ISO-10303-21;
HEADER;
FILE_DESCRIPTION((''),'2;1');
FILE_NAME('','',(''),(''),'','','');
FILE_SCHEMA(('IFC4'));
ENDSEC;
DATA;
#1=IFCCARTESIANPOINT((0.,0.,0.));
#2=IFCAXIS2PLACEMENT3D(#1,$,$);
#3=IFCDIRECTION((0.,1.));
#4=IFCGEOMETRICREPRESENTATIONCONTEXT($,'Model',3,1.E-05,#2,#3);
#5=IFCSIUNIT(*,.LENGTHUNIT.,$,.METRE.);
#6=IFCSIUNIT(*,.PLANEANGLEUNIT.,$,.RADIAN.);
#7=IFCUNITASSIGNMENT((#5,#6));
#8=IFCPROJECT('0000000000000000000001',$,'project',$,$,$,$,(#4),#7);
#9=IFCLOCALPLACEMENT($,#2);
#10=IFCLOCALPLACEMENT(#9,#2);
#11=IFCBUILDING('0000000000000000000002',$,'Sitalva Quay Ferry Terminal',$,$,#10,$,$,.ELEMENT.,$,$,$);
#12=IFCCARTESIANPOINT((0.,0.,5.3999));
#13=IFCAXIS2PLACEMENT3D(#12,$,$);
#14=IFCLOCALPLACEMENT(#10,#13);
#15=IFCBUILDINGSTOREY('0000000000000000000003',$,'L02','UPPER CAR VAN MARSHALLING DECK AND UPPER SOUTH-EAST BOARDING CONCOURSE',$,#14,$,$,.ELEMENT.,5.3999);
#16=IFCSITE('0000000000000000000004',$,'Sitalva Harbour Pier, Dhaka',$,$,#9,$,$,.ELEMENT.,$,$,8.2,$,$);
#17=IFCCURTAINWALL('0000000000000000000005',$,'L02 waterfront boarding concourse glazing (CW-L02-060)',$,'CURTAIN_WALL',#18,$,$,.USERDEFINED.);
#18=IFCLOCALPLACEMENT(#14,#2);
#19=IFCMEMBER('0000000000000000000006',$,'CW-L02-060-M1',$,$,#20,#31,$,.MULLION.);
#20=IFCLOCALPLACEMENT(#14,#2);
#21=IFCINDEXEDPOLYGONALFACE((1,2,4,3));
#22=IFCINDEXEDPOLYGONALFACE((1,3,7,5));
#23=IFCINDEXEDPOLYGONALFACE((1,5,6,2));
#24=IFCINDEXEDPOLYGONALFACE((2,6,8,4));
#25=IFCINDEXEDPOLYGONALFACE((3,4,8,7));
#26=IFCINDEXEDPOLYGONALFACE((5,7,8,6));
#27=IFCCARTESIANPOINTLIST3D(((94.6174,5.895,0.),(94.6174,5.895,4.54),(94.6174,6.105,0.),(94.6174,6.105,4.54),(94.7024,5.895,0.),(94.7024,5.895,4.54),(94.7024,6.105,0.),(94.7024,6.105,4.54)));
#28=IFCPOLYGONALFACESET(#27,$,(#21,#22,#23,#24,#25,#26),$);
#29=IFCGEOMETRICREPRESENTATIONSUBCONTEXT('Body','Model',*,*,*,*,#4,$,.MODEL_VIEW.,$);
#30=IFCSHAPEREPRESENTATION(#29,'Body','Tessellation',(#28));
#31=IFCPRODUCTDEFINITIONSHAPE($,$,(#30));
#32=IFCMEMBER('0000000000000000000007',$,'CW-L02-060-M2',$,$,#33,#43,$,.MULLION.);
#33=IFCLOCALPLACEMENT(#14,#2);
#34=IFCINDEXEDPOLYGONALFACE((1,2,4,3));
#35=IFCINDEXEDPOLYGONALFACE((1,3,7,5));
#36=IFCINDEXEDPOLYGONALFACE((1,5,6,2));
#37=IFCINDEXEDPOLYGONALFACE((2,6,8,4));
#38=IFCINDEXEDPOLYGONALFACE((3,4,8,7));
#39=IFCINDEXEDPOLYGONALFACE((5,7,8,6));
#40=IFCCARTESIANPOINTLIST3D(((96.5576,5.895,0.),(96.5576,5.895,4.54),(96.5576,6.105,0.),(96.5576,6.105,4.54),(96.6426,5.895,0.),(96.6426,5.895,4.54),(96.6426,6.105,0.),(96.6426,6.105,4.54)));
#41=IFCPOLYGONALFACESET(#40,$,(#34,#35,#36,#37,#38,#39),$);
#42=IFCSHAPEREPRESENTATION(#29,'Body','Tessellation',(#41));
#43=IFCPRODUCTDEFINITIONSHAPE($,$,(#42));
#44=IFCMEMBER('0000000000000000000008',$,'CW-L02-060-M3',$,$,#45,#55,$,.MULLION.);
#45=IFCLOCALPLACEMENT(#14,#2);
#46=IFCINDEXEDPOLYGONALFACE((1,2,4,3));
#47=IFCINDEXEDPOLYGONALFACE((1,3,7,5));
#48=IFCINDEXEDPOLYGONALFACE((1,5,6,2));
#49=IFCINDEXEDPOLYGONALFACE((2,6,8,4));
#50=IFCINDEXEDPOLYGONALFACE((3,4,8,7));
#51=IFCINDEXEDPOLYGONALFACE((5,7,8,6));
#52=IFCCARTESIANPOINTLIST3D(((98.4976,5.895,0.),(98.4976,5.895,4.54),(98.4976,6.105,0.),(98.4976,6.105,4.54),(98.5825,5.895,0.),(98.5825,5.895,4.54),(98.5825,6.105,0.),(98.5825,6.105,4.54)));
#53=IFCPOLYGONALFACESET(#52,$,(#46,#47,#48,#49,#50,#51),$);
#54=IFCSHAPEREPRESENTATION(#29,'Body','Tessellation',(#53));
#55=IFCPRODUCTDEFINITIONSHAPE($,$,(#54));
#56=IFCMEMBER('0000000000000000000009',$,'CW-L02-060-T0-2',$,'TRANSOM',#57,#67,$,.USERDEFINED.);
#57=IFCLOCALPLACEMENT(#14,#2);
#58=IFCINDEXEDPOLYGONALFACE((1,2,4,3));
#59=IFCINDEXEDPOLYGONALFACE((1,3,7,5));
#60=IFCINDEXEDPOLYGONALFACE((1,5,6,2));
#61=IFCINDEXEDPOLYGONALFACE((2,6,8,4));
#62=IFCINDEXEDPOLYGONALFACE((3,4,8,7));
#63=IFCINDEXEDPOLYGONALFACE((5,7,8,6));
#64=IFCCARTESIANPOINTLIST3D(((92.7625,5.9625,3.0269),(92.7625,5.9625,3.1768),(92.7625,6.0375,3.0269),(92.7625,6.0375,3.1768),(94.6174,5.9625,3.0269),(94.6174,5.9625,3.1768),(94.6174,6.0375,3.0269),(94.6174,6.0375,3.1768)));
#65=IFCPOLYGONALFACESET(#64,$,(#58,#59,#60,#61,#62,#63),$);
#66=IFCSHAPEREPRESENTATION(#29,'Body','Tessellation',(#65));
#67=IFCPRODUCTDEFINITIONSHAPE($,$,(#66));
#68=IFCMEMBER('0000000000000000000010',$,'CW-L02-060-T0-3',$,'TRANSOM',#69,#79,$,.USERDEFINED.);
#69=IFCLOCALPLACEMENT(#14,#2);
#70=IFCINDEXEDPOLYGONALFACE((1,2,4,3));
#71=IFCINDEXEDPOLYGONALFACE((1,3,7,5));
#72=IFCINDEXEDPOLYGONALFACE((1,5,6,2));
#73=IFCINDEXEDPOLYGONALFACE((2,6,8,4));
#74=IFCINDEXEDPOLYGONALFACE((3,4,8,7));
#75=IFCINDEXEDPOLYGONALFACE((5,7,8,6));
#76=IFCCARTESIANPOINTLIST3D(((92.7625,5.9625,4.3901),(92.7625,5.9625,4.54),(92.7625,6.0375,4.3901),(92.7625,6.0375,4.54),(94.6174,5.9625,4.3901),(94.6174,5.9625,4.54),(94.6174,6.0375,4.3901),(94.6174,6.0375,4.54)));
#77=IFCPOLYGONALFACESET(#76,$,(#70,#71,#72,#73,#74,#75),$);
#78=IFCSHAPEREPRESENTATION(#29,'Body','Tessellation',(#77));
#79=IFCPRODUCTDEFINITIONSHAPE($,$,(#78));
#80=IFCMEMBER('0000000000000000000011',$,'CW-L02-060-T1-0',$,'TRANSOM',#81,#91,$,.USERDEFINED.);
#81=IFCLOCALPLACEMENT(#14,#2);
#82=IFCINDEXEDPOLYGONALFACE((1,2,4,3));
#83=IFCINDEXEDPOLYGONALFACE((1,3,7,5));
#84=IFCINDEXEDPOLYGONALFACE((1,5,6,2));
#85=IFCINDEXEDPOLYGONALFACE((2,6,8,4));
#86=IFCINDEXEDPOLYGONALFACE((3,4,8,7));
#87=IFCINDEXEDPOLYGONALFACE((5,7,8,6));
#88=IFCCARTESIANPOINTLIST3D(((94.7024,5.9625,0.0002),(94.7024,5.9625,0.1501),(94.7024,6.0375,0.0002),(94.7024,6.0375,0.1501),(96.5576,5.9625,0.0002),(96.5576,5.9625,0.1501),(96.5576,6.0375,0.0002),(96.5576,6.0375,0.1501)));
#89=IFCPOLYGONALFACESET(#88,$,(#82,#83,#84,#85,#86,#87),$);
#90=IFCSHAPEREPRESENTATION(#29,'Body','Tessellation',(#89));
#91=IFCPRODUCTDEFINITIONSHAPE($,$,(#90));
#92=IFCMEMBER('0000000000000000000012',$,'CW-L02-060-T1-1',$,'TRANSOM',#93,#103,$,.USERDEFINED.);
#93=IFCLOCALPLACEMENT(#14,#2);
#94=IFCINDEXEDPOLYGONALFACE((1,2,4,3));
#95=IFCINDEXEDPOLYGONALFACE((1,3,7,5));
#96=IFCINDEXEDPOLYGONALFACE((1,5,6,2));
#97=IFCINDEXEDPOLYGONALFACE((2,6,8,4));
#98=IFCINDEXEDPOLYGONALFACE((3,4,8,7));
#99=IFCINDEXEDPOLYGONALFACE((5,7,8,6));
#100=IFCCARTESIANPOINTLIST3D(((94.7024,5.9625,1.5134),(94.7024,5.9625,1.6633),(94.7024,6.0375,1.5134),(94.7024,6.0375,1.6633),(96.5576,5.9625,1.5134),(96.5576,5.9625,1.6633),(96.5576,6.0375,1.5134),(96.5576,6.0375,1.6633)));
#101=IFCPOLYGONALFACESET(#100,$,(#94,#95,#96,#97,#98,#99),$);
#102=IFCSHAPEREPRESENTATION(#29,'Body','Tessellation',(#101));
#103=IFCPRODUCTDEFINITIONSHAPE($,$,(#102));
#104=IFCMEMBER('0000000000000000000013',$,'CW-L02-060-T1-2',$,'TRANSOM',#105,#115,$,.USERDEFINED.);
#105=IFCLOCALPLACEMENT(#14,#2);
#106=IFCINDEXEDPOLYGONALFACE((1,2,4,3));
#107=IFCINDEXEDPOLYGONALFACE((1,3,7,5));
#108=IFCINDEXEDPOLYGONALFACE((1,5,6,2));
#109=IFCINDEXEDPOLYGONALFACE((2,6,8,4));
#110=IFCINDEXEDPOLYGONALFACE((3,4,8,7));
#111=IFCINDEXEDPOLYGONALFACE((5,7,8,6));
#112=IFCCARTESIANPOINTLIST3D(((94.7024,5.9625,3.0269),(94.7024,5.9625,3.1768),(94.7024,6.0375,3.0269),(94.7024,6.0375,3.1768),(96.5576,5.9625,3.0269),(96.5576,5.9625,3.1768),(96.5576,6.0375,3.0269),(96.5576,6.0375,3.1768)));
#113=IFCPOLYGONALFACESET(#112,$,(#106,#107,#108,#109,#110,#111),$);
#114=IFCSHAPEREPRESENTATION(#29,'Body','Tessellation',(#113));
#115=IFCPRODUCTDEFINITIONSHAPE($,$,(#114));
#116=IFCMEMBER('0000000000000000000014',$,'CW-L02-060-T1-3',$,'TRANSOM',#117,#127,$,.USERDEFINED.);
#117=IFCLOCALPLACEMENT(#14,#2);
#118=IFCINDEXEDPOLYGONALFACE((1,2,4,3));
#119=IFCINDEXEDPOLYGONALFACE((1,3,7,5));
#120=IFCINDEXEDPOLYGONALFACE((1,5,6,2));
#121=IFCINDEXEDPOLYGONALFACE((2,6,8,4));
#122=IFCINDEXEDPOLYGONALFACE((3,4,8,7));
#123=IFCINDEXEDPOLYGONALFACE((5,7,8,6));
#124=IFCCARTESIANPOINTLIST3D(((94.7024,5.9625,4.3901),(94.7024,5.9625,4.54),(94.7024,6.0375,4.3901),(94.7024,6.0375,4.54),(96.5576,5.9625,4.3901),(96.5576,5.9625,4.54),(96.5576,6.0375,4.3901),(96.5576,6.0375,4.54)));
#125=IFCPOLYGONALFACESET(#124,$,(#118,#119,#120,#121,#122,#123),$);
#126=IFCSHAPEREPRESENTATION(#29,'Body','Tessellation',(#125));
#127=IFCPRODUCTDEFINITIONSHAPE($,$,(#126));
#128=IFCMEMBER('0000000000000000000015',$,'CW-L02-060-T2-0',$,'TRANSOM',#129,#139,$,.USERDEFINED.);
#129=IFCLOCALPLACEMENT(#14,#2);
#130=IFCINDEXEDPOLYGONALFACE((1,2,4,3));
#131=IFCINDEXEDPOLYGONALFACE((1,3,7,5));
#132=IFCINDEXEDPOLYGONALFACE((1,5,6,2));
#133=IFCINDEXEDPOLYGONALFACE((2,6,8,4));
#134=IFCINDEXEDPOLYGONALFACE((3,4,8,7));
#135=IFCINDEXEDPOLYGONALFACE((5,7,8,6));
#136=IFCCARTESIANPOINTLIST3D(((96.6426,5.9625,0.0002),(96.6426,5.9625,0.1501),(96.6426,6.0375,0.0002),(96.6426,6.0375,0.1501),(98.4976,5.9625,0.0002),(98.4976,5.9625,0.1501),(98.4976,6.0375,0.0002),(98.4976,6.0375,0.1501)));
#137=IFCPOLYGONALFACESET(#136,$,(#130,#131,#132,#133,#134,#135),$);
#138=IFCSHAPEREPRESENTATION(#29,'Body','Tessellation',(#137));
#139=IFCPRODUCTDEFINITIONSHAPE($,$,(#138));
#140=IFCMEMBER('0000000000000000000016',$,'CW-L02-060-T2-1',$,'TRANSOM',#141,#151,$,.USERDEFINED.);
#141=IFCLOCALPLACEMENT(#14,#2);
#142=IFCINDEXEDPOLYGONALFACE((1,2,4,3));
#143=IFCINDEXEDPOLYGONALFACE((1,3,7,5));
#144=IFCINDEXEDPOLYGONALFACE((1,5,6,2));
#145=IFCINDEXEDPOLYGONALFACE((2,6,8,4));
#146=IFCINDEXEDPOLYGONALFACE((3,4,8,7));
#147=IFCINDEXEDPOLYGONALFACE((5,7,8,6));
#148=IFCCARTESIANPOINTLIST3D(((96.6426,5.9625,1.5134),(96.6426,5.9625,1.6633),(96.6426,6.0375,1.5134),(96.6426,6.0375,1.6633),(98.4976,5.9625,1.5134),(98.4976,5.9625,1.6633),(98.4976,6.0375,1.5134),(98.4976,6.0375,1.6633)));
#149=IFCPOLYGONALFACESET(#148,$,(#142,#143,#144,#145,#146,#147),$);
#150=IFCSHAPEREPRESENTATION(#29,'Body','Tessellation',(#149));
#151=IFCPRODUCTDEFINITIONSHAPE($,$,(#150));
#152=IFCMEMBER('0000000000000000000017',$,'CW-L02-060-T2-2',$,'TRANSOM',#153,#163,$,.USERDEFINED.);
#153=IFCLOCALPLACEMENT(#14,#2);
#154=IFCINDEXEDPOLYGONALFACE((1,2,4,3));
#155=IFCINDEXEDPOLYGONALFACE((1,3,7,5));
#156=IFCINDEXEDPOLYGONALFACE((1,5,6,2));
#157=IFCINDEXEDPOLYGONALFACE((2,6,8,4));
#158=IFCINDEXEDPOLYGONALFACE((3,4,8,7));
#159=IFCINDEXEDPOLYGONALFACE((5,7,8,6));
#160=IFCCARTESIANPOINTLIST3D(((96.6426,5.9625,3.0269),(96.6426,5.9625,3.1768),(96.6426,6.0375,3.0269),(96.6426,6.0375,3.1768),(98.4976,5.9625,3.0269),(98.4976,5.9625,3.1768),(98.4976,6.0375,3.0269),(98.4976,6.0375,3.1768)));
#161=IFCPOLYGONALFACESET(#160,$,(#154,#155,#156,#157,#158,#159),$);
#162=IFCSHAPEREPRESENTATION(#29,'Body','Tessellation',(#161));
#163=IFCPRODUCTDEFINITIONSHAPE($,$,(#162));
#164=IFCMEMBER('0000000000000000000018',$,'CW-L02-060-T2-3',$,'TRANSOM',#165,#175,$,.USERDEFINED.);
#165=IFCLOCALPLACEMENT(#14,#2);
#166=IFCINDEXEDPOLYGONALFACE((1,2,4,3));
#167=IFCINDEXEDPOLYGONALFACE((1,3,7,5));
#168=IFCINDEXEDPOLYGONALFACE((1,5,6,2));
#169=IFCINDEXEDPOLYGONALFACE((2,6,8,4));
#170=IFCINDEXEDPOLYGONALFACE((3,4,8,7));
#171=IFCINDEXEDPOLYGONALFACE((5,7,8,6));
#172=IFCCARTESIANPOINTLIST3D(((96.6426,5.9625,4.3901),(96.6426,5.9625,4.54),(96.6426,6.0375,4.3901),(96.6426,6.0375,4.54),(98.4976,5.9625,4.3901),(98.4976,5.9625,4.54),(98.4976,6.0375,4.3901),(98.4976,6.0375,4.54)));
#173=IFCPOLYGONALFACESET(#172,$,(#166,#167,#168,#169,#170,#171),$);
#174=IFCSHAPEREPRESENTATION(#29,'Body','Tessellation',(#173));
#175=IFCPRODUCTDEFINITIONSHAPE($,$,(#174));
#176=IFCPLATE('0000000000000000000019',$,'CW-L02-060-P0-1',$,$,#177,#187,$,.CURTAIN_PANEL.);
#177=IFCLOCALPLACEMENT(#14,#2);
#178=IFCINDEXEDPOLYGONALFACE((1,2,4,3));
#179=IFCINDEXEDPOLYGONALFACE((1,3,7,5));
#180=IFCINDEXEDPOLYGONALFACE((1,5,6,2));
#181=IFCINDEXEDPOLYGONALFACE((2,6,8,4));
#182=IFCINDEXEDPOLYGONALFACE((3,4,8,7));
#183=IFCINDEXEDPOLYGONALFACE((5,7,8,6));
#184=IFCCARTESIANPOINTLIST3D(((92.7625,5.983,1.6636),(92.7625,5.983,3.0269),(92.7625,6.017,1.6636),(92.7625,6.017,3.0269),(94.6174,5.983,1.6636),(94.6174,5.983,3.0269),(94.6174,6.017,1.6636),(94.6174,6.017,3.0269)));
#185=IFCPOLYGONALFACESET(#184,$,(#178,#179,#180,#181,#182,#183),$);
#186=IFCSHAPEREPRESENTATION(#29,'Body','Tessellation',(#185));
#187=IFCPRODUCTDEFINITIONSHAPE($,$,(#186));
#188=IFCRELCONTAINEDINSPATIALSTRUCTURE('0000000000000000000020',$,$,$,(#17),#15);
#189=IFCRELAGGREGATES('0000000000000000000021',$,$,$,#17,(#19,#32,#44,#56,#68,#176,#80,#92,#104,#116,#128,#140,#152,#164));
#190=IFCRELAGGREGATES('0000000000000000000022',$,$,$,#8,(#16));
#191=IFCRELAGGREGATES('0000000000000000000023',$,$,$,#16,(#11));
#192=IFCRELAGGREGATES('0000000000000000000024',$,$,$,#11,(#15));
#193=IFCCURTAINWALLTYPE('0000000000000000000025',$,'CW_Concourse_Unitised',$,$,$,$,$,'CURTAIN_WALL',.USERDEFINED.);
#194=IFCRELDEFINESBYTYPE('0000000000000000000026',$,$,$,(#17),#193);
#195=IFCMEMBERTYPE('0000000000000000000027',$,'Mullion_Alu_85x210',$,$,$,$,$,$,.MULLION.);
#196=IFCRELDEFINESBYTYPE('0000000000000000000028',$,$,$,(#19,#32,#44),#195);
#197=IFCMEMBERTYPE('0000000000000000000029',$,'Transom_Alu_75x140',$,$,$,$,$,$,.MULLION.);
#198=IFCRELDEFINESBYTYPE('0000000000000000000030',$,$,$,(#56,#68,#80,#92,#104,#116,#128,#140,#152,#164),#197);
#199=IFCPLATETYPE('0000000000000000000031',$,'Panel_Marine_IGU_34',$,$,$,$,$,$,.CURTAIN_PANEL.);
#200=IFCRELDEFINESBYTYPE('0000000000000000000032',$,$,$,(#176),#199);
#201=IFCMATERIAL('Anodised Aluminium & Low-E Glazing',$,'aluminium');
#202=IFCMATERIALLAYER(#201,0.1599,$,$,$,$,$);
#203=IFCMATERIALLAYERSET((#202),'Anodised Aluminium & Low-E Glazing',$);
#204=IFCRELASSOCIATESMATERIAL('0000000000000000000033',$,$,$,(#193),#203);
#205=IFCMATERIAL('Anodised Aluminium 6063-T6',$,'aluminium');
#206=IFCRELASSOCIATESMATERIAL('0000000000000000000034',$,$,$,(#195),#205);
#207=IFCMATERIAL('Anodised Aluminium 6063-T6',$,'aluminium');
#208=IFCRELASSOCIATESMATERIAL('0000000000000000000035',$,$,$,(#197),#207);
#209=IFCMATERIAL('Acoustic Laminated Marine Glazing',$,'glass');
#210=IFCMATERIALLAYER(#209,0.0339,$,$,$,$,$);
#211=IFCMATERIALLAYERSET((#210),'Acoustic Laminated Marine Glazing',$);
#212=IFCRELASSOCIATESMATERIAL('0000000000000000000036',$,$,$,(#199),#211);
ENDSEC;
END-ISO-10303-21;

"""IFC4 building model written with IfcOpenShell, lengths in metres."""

from ifc_helpers import new_model, si_unit, direction, frame, origin, origin_2d, place, context, subcontext, project, spatial, rectangle, extrude, material, layer, layer_set, material_profile, profile_set, type_object, element, aggregate, save


model = new_model("IFC4")

# Units and contexts
model_context = context("Model", 3, precision=1e-05, world=origin(), true_north=direction((0.0, 1.0)))
body_context = subcontext(model_context, "Body", "Model", "MODEL_VIEW")
ifc_project = project(units=[si_unit("LENGTHUNIT", "METRE"), si_unit("PLANEANGLEUNIT", "RADIAN")], contexts=[model_context])

# Site, building, storey
site_placement = place(None, origin())
site = spatial("IfcSite", under=ifc_project, at=site_placement, Name="Sitalva Harbour Pier, Dhaka", CompositionType="ELEMENT", RefElevation=8.2)
building_placement = place(site_placement, origin())
building = spatial("IfcBuilding", under=site, at=building_placement, Name="Sitalva Quay Ferry Terminal", CompositionType="ELEMENT")
storey_placement = place(building_placement, frame((0.0, 0.0, 5.3999)))
storey = spatial("IfcBuildingStorey", under=building, at=storey_placement, Name="L02", Description="UPPER CAR VAN MARSHALLING DECK AND UPPER SOUTH-EAST BOARDING CONCOURSE", CompositionType="ELEMENT", Elevation=5.3999)

# Curtain wall, members, plate
ifc_material_1 = material(Name="Anodised Aluminium & Low-E Glazing", Category="aluminium")
ifc_layer_1 = layer(ifc_material_1, 0.1599)
ifc_layer_set_1 = layer_set([ifc_layer_1], Name="Anodised Aluminium & Low-E Glazing")
curtain_wall_type = type_object("IfcCurtainWallType", Name="CW_Concourse_Unitised", ElementType="CURTAIN_WALL", PredefinedType="USERDEFINED", material=ifc_layer_set_1)
curtain_wall_placement = place(storey_placement, origin())
curtain_wall = element("IfcCurtainWall", 1, at=curtain_wall_placement, inside=storey, type_object=curtain_wall_type, Name="L02 waterfront boarding concourse glazing (CW-L02-060)", ObjectType="CURTAIN_WALL", PredefinedType="USERDEFINED")
ifc_material_2 = material(Name="Anodised Aluminium 6063-T6", Category="aluminium")
ifc_material_profile_1 = material_profile(ifc_material_2, rectangle(XDim=0.085, YDim=0.21, at=origin_2d()), Name="ALU85x210")
ifc_profile_set_1 = profile_set([ifc_material_profile_1], Name="Anodised Aluminium 6063-T6")
member_type_1 = type_object("IfcMemberType", Name="Mullion_Alu_85x210", PredefinedType="MULLION", material=ifc_profile_set_1)
member_1_placement = place(storey_placement, frame((94.6599, 6.0, 0.0), z_axis=(0.0, 0.0, 1.0), x_axis=(1.0, 0.0, 0.0)))
member_1 = element("IfcMember", 2, at=member_1_placement, type_object=member_type_1, Name="CW-L02-060-M1", PredefinedType="MULLION", context=body_context, shape_type="SweptSolid", body=[
    extrude(rectangle(XDim=0.085, YDim=0.21, at=origin_2d()), origin(), (0.0, 0.0, 1.0), 4.54),
])
member_2_placement = place(storey_placement, frame((96.6001, 6.0, 0.0), z_axis=(0.0, 0.0, 1.0), x_axis=(1.0, 0.0, 0.0)))
member_2 = element("IfcMember", 3, at=member_2_placement, type_object=member_type_1, Name="CW-L02-060-M2", PredefinedType="MULLION", context=body_context, shape_type="SweptSolid", body=[
    extrude(rectangle(XDim=0.085, YDim=0.21, at=origin_2d()), origin(), (0.0, 0.0, 1.0), 4.54),
])
member_3_placement = place(storey_placement, frame((98.54, 6.0, 0.0), z_axis=(0.0, 0.0, 1.0), x_axis=(1.0, 0.0, 0.0)))
member_3 = element("IfcMember", 4, at=member_3_placement, type_object=member_type_1, Name="CW-L02-060-M3", PredefinedType="MULLION", context=body_context, shape_type="SweptSolid", body=[
    extrude(rectangle(XDim=0.085, YDim=0.21, at=origin_2d()), origin(), (0.0, 0.0, 1.0), 4.54),
])
ifc_material_3 = material(Name="Anodised Aluminium 6063-T6", Category="aluminium")
ifc_material_profile_2 = material_profile(ifc_material_3, rectangle(XDim=0.075, YDim=0.1499, at=origin_2d()), Name="ALU75x150")
ifc_profile_set_2 = profile_set([ifc_material_profile_2], Name="Anodised Aluminium 6063-T6")
member_type_2 = type_object("IfcMemberType", Name="Transom_Alu_75x140", PredefinedType="MULLION", material=ifc_profile_set_2)
member_4_placement = place(storey_placement, frame((92.7625, 6.0, 3.1018), z_axis=(1.0, 0.0, 0.0), x_axis=(0.0, 1.0, 0.0)))
member_4 = element("IfcMember", 5, at=member_4_placement, type_object=member_type_2, Name="CW-L02-060-T0-2", ObjectType="TRANSOM", PredefinedType="USERDEFINED", context=body_context, shape_type="SweptSolid", body=[
    extrude(rectangle(XDim=0.075, YDim=0.1499, at=origin_2d()), origin(), (0.0, 0.0, 1.0), 1.855),
])
member_5_placement = place(storey_placement, frame((92.7625, 6.0, 4.4651), z_axis=(1.0, 0.0, 0.0), x_axis=(0.0, 1.0, 0.0)))
member_5 = element("IfcMember", 6, at=member_5_placement, type_object=member_type_2, Name="CW-L02-060-T0-3", ObjectType="TRANSOM", PredefinedType="USERDEFINED", context=body_context, shape_type="SweptSolid", body=[
    extrude(rectangle(XDim=0.075, YDim=0.1499, at=origin_2d()), origin(), (0.0, 0.0, 1.0), 1.855),
])
member_6_placement = place(storey_placement, frame((94.7024, 6.0, 0.0752), z_axis=(1.0, 0.0, 0.0), x_axis=(0.0, 1.0, 0.0)))
member_6 = element("IfcMember", 7, at=member_6_placement, type_object=member_type_2, Name="CW-L02-060-T1-0", ObjectType="TRANSOM", PredefinedType="USERDEFINED", context=body_context, shape_type="SweptSolid", body=[
    extrude(rectangle(XDim=0.075, YDim=0.1499, at=origin_2d()), origin(), (0.0, 0.0, 1.0), 1.8552),
])
member_7_placement = place(storey_placement, frame((94.7024, 6.0, 1.5884), z_axis=(1.0, 0.0, 0.0), x_axis=(0.0, 1.0, 0.0)))
member_7 = element("IfcMember", 8, at=member_7_placement, type_object=member_type_2, Name="CW-L02-060-T1-1", ObjectType="TRANSOM", PredefinedType="USERDEFINED", context=body_context, shape_type="SweptSolid", body=[
    extrude(rectangle(XDim=0.075, YDim=0.1499, at=origin_2d()), origin(), (0.0, 0.0, 1.0), 1.8552),
])
member_8_placement = place(storey_placement, frame((94.7024, 6.0, 3.1018), z_axis=(1.0, 0.0, 0.0), x_axis=(0.0, 1.0, 0.0)))
member_8 = element("IfcMember", 9, at=member_8_placement, type_object=member_type_2, Name="CW-L02-060-T1-2", ObjectType="TRANSOM", PredefinedType="USERDEFINED", context=body_context, shape_type="SweptSolid", body=[
    extrude(rectangle(XDim=0.075, YDim=0.1499, at=origin_2d()), origin(), (0.0, 0.0, 1.0), 1.8552),
])
member_9_placement = place(storey_placement, frame((94.7024, 6.0, 4.4651), z_axis=(1.0, 0.0, 0.0), x_axis=(0.0, 1.0, 0.0)))
member_9 = element("IfcMember", 10, at=member_9_placement, type_object=member_type_2, Name="CW-L02-060-T1-3", ObjectType="TRANSOM", PredefinedType="USERDEFINED", context=body_context, shape_type="SweptSolid", body=[
    extrude(rectangle(XDim=0.075, YDim=0.1499, at=origin_2d()), origin(), (0.0, 0.0, 1.0), 1.8552),
])
member_10_placement = place(storey_placement, frame((96.6426, 6.0, 0.0752), z_axis=(1.0, 0.0, 0.0), x_axis=(0.0, 1.0, 0.0)))
member_10 = element("IfcMember", 11, at=member_10_placement, type_object=member_type_2, Name="CW-L02-060-T2-0", ObjectType="TRANSOM", PredefinedType="USERDEFINED", context=body_context, shape_type="SweptSolid", body=[
    extrude(rectangle(XDim=0.075, YDim=0.1499, at=origin_2d()), origin(), (0.0, 0.0, 1.0), 1.855),
])
member_11_placement = place(storey_placement, frame((96.6426, 6.0, 1.5884), z_axis=(1.0, 0.0, 0.0), x_axis=(0.0, 1.0, 0.0)))
member_11 = element("IfcMember", 12, at=member_11_placement, type_object=member_type_2, Name="CW-L02-060-T2-1", ObjectType="TRANSOM", PredefinedType="USERDEFINED", context=body_context, shape_type="SweptSolid", body=[
    extrude(rectangle(XDim=0.075, YDim=0.1499, at=origin_2d()), origin(), (0.0, 0.0, 1.0), 1.855),
])
member_12_placement = place(storey_placement, frame((96.6426, 6.0, 3.1018), z_axis=(1.0, 0.0, 0.0), x_axis=(0.0, 1.0, 0.0)))
member_12 = element("IfcMember", 13, at=member_12_placement, type_object=member_type_2, Name="CW-L02-060-T2-2", ObjectType="TRANSOM", PredefinedType="USERDEFINED", context=body_context, shape_type="SweptSolid", body=[
    extrude(rectangle(XDim=0.075, YDim=0.1499, at=origin_2d()), origin(), (0.0, 0.0, 1.0), 1.855),
])
member_13_placement = place(storey_placement, frame((96.6426, 6.0, 4.4651), z_axis=(1.0, 0.0, 0.0), x_axis=(0.0, 1.0, 0.0)))
member_13 = element("IfcMember", 14, at=member_13_placement, type_object=member_type_2, Name="CW-L02-060-T2-3", ObjectType="TRANSOM", PredefinedType="USERDEFINED", context=body_context, shape_type="SweptSolid", body=[
    extrude(rectangle(XDim=0.075, YDim=0.1499, at=origin_2d()), origin(), (0.0, 0.0, 1.0), 1.855),
])
ifc_material_4 = material(Name="Acoustic Laminated Marine Glazing", Category="glass")
ifc_layer_2 = layer(ifc_material_4, 0.0339)
ifc_layer_set_2 = layer_set([ifc_layer_2], Name="Acoustic Laminated Marine Glazing")
plate_type_1 = type_object("IfcPlateType", Name="Panel_Marine_IGU_34", PredefinedType="CURTAIN_PANEL", material=ifc_layer_set_2)
plate_1_placement = place(storey_placement, frame((93.6899, 6.0, 1.6636), z_axis=(0.0, 0.0, 1.0), x_axis=(1.0, 0.0, 0.0)))
plate_1 = element("IfcPlate", 15, at=plate_1_placement, type_object=plate_type_1, Name="CW-L02-060-P0-1", PredefinedType="CURTAIN_PANEL", context=body_context, shape_type="SweptSolid", body=[
    extrude(rectangle(XDim=1.855, YDim=0.0339, at=origin_2d()), origin(), (0.0, 0.0, 1.0), 1.3633),
])
aggregate(curtain_wall, [member_1, member_2, member_3, member_4, member_5, plate_1, member_6, member_7, member_8, member_9, member_10, member_11, member_12, member_13])

save(model, "model.ifc")
